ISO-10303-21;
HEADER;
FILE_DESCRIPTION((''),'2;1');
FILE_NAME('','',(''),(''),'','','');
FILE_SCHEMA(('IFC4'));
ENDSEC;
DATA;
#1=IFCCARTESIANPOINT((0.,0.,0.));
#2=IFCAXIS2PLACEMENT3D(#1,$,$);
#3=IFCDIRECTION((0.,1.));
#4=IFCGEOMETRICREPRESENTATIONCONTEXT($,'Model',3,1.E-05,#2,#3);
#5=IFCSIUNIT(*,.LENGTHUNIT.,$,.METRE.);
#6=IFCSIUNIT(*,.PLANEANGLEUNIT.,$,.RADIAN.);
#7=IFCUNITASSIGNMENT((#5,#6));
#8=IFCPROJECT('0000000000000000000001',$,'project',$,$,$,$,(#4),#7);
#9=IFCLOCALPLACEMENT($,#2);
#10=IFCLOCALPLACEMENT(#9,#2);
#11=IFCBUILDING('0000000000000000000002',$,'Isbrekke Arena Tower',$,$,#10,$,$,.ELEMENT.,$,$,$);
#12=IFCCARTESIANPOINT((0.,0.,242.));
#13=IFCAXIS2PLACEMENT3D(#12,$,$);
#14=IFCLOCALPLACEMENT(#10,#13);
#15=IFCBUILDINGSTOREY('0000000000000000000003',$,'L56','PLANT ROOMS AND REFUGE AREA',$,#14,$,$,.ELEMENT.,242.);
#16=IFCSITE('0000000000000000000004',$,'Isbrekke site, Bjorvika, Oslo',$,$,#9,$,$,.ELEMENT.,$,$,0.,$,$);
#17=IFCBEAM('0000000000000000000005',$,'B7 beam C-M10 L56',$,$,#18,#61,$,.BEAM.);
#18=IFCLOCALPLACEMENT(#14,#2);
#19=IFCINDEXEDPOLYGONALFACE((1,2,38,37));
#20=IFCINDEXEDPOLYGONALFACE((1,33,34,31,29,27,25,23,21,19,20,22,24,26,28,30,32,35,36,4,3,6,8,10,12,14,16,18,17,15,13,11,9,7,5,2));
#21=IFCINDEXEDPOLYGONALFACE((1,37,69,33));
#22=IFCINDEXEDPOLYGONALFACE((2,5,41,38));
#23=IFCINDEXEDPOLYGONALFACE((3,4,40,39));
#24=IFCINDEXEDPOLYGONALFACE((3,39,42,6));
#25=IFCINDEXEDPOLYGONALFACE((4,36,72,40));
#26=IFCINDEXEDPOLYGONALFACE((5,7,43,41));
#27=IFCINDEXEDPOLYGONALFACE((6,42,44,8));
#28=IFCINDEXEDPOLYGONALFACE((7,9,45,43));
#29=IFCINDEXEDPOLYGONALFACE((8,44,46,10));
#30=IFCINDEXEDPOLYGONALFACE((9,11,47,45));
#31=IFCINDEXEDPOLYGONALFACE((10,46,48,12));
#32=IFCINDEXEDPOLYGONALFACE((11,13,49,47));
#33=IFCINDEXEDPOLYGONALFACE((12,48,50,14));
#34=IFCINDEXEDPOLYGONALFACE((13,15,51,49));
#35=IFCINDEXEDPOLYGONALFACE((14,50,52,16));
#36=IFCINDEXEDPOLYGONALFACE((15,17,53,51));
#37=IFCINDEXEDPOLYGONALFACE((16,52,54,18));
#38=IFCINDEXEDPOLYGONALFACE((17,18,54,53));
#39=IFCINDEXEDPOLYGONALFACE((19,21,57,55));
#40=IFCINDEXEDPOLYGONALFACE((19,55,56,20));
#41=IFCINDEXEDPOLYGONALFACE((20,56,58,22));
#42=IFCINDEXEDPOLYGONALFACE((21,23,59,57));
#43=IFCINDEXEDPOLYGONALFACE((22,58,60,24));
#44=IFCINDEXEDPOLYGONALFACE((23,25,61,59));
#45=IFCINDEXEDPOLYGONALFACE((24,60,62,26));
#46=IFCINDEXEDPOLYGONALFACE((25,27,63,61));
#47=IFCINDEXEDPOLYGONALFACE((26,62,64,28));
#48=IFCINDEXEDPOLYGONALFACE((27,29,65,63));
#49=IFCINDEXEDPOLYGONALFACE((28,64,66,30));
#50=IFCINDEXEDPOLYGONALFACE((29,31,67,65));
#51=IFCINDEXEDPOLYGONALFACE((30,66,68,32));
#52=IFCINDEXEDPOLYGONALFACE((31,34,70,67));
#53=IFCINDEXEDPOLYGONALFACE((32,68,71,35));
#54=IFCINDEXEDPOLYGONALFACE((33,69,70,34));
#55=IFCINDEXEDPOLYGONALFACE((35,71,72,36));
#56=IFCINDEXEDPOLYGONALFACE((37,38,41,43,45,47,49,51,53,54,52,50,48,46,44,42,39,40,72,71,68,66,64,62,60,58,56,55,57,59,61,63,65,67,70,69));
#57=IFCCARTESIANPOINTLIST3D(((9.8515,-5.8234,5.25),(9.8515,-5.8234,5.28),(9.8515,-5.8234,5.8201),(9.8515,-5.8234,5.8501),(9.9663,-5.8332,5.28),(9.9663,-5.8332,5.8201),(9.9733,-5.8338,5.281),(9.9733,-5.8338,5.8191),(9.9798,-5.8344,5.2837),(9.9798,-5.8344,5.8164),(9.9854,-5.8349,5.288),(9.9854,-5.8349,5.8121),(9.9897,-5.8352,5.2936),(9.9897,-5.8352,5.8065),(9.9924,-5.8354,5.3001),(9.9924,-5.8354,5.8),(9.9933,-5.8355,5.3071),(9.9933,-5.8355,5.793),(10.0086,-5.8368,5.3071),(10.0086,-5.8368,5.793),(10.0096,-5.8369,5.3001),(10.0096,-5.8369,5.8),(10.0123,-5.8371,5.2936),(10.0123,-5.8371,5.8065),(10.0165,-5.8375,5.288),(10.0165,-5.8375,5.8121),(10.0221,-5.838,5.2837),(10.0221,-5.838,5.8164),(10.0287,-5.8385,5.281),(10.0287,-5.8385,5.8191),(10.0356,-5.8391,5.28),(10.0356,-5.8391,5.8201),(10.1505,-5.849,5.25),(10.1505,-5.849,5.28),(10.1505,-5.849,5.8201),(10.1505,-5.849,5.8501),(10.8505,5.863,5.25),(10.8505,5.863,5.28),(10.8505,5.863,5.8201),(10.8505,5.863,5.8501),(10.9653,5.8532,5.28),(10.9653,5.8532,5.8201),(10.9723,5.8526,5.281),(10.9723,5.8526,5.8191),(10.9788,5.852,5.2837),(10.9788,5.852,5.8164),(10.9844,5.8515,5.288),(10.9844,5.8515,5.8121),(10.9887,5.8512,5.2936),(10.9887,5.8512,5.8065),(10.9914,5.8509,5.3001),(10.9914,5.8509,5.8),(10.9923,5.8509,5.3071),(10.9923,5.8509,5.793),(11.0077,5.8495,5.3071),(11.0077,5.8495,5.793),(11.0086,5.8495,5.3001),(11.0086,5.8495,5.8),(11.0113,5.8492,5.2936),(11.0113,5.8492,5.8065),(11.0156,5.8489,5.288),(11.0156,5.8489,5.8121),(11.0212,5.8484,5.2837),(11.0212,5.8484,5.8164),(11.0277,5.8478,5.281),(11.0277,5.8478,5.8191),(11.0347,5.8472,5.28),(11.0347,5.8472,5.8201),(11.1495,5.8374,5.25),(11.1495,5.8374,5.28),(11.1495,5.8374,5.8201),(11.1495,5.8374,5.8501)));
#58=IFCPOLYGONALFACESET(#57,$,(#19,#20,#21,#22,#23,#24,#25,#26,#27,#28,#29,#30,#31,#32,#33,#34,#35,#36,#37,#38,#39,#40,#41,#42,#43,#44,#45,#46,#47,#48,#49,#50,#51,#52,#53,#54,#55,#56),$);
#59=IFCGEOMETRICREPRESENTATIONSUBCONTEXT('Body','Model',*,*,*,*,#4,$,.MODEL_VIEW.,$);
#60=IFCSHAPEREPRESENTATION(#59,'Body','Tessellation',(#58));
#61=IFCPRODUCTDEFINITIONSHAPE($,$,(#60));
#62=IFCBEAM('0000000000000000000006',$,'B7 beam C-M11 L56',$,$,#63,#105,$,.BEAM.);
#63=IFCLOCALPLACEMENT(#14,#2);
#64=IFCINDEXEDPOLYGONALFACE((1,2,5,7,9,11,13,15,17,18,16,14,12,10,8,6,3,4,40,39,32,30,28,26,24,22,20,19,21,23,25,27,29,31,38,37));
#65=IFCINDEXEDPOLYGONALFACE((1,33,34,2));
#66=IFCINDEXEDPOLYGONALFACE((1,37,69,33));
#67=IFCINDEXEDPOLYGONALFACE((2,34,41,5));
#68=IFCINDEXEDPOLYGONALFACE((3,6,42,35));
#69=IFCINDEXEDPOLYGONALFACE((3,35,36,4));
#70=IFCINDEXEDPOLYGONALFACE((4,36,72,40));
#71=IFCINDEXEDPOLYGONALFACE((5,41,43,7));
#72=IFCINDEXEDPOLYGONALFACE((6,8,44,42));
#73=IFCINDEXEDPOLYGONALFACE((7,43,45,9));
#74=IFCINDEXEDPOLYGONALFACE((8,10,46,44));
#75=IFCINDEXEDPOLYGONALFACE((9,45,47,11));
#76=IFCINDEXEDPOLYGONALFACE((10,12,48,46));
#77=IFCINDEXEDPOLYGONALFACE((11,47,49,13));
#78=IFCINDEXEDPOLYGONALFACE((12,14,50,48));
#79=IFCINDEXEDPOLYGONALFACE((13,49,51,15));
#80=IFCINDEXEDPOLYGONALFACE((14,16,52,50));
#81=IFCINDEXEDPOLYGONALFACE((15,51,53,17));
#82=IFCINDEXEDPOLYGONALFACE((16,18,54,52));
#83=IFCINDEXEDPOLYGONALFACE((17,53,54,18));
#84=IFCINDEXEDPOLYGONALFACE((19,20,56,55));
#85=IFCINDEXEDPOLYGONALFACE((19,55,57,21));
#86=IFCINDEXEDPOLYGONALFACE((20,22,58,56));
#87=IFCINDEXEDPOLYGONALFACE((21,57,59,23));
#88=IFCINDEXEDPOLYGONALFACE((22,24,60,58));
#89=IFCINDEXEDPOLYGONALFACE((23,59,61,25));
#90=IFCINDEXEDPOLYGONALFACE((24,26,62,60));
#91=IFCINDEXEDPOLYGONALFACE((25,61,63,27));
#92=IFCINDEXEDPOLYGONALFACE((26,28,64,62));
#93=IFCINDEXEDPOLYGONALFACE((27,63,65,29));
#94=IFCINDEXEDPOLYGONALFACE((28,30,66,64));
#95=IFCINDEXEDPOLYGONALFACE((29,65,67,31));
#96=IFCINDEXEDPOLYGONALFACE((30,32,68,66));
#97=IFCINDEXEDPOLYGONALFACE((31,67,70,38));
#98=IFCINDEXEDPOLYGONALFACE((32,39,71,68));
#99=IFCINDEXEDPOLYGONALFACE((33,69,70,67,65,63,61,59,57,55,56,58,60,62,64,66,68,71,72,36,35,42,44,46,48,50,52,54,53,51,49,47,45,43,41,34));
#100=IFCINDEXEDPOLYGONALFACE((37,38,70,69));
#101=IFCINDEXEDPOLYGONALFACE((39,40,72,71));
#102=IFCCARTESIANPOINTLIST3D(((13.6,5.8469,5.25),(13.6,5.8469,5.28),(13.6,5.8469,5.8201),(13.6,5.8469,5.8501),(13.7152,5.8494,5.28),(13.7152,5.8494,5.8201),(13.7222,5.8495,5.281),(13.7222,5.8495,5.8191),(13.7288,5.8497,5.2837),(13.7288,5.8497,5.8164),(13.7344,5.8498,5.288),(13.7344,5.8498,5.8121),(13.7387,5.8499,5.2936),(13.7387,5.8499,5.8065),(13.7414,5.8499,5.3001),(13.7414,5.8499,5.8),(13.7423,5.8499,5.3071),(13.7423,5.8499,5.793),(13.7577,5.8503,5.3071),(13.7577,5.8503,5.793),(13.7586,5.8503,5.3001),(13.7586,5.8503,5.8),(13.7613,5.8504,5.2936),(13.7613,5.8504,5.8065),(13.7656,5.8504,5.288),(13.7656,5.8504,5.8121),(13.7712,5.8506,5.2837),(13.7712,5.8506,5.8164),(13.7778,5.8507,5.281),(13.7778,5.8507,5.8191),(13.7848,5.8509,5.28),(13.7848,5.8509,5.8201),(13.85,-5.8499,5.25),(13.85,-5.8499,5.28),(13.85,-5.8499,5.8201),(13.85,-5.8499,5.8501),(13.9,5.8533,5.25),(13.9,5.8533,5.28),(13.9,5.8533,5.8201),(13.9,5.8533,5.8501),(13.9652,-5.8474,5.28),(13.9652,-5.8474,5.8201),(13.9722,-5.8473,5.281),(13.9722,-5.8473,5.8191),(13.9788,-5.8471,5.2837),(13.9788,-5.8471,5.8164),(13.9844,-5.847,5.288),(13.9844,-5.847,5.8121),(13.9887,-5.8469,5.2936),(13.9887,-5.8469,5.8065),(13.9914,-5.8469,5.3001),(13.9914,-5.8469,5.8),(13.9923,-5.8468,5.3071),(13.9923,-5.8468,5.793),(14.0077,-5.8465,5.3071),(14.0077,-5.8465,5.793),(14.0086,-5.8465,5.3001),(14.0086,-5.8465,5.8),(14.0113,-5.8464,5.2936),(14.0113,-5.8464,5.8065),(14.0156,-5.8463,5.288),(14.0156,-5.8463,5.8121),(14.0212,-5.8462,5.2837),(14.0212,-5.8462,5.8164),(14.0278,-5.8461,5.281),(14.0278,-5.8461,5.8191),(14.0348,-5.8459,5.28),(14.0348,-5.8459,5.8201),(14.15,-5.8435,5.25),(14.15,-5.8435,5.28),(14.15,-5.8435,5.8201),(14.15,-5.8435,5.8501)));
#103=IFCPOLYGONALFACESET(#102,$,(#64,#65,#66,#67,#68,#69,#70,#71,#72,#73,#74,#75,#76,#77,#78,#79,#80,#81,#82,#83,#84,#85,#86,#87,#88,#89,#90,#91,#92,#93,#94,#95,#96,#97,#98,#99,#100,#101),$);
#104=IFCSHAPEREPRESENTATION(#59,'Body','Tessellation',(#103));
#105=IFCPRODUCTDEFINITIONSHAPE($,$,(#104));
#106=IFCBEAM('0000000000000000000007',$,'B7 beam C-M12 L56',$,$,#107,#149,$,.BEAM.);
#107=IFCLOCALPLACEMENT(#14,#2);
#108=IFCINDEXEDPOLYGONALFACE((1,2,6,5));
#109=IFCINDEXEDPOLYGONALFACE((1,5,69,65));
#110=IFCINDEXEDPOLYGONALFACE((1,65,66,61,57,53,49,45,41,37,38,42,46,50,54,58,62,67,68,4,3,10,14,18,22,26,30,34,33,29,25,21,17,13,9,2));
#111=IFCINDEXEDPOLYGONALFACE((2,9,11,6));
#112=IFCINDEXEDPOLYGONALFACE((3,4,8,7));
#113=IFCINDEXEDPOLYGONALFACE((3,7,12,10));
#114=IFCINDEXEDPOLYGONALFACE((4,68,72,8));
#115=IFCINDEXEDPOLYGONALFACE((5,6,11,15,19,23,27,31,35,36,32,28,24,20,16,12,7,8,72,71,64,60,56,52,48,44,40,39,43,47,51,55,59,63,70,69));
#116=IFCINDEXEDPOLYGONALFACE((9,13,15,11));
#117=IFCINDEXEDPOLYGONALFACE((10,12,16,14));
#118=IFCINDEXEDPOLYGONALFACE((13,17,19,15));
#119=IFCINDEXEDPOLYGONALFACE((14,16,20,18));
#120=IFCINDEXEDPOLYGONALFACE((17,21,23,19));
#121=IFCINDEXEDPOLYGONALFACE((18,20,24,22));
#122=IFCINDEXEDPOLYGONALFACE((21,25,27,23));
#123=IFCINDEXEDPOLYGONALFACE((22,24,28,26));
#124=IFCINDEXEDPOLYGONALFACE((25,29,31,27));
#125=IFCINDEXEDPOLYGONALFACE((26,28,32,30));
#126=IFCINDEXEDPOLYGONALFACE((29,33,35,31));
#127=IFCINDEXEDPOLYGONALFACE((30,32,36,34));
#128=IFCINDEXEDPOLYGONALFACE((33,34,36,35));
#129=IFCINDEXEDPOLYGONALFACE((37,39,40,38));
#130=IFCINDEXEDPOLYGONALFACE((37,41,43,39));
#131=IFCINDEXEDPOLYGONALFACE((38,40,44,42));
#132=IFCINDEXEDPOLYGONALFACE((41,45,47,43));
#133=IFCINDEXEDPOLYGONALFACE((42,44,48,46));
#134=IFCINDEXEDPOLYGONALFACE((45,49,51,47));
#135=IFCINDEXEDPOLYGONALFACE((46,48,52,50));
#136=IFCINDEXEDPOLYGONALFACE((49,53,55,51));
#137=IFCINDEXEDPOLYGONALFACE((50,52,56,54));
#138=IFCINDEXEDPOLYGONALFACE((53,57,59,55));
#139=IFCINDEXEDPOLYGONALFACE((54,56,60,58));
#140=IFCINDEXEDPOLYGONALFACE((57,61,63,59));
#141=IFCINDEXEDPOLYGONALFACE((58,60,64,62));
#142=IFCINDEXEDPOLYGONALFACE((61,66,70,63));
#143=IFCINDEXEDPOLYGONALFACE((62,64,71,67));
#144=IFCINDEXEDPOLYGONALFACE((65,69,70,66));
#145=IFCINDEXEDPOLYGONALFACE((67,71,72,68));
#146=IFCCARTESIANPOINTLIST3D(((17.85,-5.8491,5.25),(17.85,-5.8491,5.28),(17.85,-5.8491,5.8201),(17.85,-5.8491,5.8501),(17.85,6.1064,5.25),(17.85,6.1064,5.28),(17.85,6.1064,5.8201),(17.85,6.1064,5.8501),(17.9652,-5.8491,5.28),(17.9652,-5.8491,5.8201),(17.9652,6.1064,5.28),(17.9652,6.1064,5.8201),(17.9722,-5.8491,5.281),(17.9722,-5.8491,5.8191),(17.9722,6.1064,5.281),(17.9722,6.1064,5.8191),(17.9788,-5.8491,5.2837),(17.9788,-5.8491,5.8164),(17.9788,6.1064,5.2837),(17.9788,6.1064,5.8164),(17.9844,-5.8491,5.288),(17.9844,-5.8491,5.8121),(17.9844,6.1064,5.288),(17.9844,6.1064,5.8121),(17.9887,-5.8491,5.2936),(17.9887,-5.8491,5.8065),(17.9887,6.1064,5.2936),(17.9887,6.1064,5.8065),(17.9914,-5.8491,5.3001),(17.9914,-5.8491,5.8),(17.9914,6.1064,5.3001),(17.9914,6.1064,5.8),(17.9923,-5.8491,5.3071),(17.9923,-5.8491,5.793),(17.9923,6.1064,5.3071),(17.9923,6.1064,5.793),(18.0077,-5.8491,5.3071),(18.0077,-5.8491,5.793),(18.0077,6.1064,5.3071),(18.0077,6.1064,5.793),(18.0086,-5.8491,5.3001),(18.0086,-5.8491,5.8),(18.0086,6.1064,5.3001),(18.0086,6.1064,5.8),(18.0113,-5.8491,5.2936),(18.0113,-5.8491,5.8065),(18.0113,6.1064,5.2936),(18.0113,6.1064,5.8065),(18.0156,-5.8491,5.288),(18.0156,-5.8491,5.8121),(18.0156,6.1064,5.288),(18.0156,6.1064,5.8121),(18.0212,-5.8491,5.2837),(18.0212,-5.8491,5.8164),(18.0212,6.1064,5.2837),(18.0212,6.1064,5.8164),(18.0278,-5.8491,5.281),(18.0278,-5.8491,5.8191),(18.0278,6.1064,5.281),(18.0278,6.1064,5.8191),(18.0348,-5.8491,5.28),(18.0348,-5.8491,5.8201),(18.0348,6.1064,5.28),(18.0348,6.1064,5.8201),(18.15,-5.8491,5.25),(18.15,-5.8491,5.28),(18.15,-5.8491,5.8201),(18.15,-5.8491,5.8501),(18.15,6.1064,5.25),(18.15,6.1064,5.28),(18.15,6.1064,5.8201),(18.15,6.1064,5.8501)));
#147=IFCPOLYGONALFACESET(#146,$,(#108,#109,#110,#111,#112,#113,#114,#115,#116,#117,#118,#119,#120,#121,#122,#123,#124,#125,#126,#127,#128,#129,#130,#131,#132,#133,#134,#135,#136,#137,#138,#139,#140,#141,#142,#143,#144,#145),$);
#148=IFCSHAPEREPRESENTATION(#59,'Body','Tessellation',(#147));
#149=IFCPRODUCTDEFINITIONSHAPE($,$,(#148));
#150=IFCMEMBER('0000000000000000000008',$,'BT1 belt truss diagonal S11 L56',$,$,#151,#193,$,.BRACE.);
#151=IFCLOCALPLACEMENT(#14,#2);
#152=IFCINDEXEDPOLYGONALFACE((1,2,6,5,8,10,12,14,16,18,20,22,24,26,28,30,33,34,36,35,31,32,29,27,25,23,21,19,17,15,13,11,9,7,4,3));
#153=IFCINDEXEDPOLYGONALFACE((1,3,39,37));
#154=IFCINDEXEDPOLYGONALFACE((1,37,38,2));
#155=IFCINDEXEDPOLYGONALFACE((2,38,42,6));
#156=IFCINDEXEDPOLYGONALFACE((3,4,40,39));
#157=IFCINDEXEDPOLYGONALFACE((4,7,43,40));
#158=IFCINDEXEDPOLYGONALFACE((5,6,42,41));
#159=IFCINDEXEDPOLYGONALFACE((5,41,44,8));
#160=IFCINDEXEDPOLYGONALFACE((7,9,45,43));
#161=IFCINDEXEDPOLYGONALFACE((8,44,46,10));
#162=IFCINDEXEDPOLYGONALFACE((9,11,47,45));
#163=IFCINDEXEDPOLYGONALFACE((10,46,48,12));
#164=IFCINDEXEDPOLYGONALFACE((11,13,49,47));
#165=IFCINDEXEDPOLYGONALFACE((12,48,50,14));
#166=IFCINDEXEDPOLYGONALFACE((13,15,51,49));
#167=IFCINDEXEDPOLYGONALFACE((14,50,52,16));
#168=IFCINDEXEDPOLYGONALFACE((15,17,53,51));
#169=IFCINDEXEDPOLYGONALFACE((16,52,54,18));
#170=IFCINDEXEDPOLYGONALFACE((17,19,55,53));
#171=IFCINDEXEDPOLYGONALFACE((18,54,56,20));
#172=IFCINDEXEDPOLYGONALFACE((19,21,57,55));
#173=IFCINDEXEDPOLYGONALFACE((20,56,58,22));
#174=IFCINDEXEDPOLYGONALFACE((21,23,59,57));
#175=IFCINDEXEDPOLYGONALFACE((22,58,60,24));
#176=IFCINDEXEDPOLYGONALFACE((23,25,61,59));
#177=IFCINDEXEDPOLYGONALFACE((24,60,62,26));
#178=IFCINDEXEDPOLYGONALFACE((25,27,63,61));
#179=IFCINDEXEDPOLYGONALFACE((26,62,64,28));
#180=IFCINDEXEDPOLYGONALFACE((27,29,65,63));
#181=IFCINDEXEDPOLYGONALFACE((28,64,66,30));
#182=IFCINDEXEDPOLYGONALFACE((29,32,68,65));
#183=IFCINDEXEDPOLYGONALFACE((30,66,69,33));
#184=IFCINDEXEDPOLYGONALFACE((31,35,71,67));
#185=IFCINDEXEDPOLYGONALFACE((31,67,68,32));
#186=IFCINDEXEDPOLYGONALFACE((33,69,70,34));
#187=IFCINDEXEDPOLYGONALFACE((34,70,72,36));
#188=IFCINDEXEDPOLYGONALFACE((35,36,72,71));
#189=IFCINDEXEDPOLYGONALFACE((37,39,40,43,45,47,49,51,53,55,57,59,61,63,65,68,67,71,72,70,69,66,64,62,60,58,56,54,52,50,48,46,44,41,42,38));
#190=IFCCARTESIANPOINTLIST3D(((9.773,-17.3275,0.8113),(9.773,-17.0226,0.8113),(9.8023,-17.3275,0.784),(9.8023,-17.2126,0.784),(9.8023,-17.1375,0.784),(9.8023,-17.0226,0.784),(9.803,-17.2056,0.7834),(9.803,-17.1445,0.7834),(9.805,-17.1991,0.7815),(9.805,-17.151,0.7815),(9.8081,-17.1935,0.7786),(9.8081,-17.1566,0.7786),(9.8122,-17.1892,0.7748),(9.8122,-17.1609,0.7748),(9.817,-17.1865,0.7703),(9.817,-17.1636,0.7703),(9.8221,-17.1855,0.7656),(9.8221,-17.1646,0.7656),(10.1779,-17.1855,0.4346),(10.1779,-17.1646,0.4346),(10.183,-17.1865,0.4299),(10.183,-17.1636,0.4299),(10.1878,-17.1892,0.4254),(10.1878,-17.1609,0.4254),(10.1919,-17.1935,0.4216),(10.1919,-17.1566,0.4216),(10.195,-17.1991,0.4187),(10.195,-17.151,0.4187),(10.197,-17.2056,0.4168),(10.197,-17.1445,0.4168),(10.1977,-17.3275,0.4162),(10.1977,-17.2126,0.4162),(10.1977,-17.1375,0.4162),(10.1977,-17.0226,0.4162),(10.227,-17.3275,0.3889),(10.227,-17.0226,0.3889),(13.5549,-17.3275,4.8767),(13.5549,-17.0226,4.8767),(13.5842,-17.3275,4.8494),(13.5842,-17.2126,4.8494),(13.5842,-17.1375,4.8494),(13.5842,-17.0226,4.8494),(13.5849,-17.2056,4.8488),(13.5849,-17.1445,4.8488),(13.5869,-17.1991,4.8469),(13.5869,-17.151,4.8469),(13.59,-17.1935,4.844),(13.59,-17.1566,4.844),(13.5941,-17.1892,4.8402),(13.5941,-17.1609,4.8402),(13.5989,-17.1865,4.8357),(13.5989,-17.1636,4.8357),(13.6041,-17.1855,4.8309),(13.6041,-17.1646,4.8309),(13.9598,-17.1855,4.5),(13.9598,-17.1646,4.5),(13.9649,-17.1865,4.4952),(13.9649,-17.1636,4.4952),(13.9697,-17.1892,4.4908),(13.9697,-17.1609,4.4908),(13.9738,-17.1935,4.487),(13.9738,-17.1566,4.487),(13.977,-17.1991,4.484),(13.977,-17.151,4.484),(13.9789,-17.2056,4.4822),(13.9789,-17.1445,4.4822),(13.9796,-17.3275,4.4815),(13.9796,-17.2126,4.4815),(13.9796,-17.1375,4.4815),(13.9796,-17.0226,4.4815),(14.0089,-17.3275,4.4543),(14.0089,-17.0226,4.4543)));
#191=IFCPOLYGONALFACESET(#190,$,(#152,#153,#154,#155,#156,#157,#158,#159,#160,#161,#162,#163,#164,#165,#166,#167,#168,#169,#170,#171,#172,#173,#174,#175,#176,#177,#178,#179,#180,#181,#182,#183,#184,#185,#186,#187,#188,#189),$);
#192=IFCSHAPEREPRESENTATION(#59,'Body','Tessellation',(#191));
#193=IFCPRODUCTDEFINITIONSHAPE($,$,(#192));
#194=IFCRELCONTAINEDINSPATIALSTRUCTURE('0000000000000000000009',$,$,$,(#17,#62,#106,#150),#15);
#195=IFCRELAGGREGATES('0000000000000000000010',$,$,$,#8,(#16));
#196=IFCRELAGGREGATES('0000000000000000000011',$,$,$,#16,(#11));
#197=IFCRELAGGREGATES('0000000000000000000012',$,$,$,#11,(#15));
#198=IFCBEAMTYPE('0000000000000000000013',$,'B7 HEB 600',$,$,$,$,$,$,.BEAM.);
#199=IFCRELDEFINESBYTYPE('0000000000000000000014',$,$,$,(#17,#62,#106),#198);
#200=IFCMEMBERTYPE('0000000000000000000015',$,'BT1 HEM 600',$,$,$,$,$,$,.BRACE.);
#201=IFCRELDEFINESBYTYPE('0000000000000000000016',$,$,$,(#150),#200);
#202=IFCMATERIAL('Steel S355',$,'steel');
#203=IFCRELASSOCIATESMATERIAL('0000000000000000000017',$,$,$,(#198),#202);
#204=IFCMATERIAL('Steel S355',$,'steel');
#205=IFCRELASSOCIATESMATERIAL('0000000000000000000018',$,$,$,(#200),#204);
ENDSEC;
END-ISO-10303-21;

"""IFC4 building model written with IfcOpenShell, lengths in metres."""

from ifc_helpers import new_model, si_unit, direction, frame, origin, origin_2d, place, context, subcontext, project, spatial, i_section, extrude, material, material_profile, profile_set, type_object, element, save


model = new_model("IFC4")

# Units and contexts
model_context = context("Model", 3, precision=1e-05, world=origin(), true_north=direction((0.0, 1.0)))
body_context = subcontext(model_context, "Body", "Model", "MODEL_VIEW")
ifc_project = project(units=[si_unit("LENGTHUNIT", "METRE"), si_unit("PLANEANGLEUNIT", "RADIAN")], contexts=[model_context])

# Site, building, storey
site_placement = place(None, origin())
site = spatial("IfcSite", under=ifc_project, at=site_placement, Name="Isbrekke site, Bjorvika, Oslo", CompositionType="ELEMENT", RefElevation=0.0)
building_placement = place(site_placement, origin())
building = spatial("IfcBuilding", under=site, at=building_placement, Name="Isbrekke Arena Tower", CompositionType="ELEMENT")
storey_placement = place(building_placement, frame((0.0, 0.0, 242.0)))
storey = spatial("IfcBuildingStorey", under=building, at=storey_placement, Name="L56", Description="PLANT ROOMS AND REFUGE AREA", CompositionType="ELEMENT", Elevation=242.0)

# Beams
ifc_material_1 = material(Name="Steel S355", Category="steel")
ifc_material_profile_1 = material_profile(ifc_material_1, i_section(OverallWidth=0.3, OverallDepth=0.6001, WebThickness=0.0154, FlangeThickness=0.03, FilletRadius=0.0271, at=origin_2d()), Name="HEB 600")
ifc_profile_set_1 = profile_set([ifc_material_profile_1], Name="Steel S355")
beam_type_1 = type_object("IfcBeamType", Name="B7 HEB 600", PredefinedType="BEAM", material=ifc_profile_set_1)
beam_1_placement = place(storey_placement, frame((10.001, -5.8362, 5.55), z_axis=(0.085176, 0.996366, 0.0), x_axis=(-0.996366, 0.085176, 0.0)))
element("IfcBeam", 1, at=beam_1_placement, inside=storey, type_object=beam_type_1, Name="B7 beam C-M10 L56", PredefinedType="BEAM", context=body_context, shape_type="SweptSolid", body=[
    extrude(i_section(OverallWidth=0.3, OverallDepth=0.6001, WebThickness=0.0154, FlangeThickness=0.03, FilletRadius=0.0271, at=origin_2d()), origin(), (0.0, 0.0, 1.0), 11.729),
])
beam_2_placement = place(storey_placement, frame((14.0, -5.8467, 5.55), z_axis=(-0.021369, 0.999772, 0.0), x_axis=(-0.999772, -0.021369, 0.0)))
element("IfcBeam", 2, at=beam_2_placement, inside=storey, type_object=beam_type_1, Name="B7 beam C-M11 L56", PredefinedType="BEAM", context=body_context, shape_type="SweptSolid", body=[
    extrude(i_section(OverallWidth=0.3, OverallDepth=0.6001, WebThickness=0.0154, FlangeThickness=0.03, FilletRadius=0.0271, at=origin_2d()), origin(), (0.0, 0.0, 1.0), 11.6995),
])
beam_3_placement = place(storey_placement, frame((18.0, -5.8491, 5.55), z_axis=(0.0, 1.0, 0.0), x_axis=(-1.0, 0.0, 0.0)))
element("IfcBeam", 3, at=beam_3_placement, inside=storey, type_object=beam_type_1, Name="B7 beam C-M12 L56", PredefinedType="BEAM", context=body_context, shape_type="SweptSolid", body=[
    extrude(i_section(OverallWidth=0.3, OverallDepth=0.6001, WebThickness=0.0154, FlangeThickness=0.03, FilletRadius=0.0271, at=origin_2d()), origin(), (0.0, 0.0, 1.0), 11.9556),
])

# Member
ifc_material_2 = material(Name="Steel S355", Category="steel")
ifc_material_profile_2 = material_profile(ifc_material_2, i_section(OverallWidth=0.3049, OverallDepth=0.6201, WebThickness=0.021, FlangeThickness=0.04, FilletRadius=0.0271, at=origin_2d()), Name="HEM 600")
ifc_profile_set_2 = profile_set([ifc_material_profile_2], Name="Steel S355")
member_type_1 = type_object("IfcMemberType", Name="BT1 HEM 600", PredefinedType="BRACE", material=ifc_profile_set_2)
for number, where, z_axis, x_axis, name in (
    (4, (10.0, -17.175, 0.6001), (0.681122, 0.0, 0.73217), (0.0, 1.0, 0.0), "BT1 belt truss diagonal S11 L56"),
):
    element("IfcMember", number, at=place(storey_placement, frame(where, z_axis=z_axis, x_axis=x_axis)), inside=storey, type_object=member_type_1, Name=name, PredefinedType="BRACE", context=body_context, shape_type="SweptSolid", body=[
        extrude(i_section(OverallWidth=0.3049, OverallDepth=0.6201, WebThickness=0.021, FlangeThickness=0.04, FilletRadius=0.0271, at=origin_2d()), origin(), (0.0, 0.0, 1.0), 5.5525),
    ])

save(model, "model.ifc")
